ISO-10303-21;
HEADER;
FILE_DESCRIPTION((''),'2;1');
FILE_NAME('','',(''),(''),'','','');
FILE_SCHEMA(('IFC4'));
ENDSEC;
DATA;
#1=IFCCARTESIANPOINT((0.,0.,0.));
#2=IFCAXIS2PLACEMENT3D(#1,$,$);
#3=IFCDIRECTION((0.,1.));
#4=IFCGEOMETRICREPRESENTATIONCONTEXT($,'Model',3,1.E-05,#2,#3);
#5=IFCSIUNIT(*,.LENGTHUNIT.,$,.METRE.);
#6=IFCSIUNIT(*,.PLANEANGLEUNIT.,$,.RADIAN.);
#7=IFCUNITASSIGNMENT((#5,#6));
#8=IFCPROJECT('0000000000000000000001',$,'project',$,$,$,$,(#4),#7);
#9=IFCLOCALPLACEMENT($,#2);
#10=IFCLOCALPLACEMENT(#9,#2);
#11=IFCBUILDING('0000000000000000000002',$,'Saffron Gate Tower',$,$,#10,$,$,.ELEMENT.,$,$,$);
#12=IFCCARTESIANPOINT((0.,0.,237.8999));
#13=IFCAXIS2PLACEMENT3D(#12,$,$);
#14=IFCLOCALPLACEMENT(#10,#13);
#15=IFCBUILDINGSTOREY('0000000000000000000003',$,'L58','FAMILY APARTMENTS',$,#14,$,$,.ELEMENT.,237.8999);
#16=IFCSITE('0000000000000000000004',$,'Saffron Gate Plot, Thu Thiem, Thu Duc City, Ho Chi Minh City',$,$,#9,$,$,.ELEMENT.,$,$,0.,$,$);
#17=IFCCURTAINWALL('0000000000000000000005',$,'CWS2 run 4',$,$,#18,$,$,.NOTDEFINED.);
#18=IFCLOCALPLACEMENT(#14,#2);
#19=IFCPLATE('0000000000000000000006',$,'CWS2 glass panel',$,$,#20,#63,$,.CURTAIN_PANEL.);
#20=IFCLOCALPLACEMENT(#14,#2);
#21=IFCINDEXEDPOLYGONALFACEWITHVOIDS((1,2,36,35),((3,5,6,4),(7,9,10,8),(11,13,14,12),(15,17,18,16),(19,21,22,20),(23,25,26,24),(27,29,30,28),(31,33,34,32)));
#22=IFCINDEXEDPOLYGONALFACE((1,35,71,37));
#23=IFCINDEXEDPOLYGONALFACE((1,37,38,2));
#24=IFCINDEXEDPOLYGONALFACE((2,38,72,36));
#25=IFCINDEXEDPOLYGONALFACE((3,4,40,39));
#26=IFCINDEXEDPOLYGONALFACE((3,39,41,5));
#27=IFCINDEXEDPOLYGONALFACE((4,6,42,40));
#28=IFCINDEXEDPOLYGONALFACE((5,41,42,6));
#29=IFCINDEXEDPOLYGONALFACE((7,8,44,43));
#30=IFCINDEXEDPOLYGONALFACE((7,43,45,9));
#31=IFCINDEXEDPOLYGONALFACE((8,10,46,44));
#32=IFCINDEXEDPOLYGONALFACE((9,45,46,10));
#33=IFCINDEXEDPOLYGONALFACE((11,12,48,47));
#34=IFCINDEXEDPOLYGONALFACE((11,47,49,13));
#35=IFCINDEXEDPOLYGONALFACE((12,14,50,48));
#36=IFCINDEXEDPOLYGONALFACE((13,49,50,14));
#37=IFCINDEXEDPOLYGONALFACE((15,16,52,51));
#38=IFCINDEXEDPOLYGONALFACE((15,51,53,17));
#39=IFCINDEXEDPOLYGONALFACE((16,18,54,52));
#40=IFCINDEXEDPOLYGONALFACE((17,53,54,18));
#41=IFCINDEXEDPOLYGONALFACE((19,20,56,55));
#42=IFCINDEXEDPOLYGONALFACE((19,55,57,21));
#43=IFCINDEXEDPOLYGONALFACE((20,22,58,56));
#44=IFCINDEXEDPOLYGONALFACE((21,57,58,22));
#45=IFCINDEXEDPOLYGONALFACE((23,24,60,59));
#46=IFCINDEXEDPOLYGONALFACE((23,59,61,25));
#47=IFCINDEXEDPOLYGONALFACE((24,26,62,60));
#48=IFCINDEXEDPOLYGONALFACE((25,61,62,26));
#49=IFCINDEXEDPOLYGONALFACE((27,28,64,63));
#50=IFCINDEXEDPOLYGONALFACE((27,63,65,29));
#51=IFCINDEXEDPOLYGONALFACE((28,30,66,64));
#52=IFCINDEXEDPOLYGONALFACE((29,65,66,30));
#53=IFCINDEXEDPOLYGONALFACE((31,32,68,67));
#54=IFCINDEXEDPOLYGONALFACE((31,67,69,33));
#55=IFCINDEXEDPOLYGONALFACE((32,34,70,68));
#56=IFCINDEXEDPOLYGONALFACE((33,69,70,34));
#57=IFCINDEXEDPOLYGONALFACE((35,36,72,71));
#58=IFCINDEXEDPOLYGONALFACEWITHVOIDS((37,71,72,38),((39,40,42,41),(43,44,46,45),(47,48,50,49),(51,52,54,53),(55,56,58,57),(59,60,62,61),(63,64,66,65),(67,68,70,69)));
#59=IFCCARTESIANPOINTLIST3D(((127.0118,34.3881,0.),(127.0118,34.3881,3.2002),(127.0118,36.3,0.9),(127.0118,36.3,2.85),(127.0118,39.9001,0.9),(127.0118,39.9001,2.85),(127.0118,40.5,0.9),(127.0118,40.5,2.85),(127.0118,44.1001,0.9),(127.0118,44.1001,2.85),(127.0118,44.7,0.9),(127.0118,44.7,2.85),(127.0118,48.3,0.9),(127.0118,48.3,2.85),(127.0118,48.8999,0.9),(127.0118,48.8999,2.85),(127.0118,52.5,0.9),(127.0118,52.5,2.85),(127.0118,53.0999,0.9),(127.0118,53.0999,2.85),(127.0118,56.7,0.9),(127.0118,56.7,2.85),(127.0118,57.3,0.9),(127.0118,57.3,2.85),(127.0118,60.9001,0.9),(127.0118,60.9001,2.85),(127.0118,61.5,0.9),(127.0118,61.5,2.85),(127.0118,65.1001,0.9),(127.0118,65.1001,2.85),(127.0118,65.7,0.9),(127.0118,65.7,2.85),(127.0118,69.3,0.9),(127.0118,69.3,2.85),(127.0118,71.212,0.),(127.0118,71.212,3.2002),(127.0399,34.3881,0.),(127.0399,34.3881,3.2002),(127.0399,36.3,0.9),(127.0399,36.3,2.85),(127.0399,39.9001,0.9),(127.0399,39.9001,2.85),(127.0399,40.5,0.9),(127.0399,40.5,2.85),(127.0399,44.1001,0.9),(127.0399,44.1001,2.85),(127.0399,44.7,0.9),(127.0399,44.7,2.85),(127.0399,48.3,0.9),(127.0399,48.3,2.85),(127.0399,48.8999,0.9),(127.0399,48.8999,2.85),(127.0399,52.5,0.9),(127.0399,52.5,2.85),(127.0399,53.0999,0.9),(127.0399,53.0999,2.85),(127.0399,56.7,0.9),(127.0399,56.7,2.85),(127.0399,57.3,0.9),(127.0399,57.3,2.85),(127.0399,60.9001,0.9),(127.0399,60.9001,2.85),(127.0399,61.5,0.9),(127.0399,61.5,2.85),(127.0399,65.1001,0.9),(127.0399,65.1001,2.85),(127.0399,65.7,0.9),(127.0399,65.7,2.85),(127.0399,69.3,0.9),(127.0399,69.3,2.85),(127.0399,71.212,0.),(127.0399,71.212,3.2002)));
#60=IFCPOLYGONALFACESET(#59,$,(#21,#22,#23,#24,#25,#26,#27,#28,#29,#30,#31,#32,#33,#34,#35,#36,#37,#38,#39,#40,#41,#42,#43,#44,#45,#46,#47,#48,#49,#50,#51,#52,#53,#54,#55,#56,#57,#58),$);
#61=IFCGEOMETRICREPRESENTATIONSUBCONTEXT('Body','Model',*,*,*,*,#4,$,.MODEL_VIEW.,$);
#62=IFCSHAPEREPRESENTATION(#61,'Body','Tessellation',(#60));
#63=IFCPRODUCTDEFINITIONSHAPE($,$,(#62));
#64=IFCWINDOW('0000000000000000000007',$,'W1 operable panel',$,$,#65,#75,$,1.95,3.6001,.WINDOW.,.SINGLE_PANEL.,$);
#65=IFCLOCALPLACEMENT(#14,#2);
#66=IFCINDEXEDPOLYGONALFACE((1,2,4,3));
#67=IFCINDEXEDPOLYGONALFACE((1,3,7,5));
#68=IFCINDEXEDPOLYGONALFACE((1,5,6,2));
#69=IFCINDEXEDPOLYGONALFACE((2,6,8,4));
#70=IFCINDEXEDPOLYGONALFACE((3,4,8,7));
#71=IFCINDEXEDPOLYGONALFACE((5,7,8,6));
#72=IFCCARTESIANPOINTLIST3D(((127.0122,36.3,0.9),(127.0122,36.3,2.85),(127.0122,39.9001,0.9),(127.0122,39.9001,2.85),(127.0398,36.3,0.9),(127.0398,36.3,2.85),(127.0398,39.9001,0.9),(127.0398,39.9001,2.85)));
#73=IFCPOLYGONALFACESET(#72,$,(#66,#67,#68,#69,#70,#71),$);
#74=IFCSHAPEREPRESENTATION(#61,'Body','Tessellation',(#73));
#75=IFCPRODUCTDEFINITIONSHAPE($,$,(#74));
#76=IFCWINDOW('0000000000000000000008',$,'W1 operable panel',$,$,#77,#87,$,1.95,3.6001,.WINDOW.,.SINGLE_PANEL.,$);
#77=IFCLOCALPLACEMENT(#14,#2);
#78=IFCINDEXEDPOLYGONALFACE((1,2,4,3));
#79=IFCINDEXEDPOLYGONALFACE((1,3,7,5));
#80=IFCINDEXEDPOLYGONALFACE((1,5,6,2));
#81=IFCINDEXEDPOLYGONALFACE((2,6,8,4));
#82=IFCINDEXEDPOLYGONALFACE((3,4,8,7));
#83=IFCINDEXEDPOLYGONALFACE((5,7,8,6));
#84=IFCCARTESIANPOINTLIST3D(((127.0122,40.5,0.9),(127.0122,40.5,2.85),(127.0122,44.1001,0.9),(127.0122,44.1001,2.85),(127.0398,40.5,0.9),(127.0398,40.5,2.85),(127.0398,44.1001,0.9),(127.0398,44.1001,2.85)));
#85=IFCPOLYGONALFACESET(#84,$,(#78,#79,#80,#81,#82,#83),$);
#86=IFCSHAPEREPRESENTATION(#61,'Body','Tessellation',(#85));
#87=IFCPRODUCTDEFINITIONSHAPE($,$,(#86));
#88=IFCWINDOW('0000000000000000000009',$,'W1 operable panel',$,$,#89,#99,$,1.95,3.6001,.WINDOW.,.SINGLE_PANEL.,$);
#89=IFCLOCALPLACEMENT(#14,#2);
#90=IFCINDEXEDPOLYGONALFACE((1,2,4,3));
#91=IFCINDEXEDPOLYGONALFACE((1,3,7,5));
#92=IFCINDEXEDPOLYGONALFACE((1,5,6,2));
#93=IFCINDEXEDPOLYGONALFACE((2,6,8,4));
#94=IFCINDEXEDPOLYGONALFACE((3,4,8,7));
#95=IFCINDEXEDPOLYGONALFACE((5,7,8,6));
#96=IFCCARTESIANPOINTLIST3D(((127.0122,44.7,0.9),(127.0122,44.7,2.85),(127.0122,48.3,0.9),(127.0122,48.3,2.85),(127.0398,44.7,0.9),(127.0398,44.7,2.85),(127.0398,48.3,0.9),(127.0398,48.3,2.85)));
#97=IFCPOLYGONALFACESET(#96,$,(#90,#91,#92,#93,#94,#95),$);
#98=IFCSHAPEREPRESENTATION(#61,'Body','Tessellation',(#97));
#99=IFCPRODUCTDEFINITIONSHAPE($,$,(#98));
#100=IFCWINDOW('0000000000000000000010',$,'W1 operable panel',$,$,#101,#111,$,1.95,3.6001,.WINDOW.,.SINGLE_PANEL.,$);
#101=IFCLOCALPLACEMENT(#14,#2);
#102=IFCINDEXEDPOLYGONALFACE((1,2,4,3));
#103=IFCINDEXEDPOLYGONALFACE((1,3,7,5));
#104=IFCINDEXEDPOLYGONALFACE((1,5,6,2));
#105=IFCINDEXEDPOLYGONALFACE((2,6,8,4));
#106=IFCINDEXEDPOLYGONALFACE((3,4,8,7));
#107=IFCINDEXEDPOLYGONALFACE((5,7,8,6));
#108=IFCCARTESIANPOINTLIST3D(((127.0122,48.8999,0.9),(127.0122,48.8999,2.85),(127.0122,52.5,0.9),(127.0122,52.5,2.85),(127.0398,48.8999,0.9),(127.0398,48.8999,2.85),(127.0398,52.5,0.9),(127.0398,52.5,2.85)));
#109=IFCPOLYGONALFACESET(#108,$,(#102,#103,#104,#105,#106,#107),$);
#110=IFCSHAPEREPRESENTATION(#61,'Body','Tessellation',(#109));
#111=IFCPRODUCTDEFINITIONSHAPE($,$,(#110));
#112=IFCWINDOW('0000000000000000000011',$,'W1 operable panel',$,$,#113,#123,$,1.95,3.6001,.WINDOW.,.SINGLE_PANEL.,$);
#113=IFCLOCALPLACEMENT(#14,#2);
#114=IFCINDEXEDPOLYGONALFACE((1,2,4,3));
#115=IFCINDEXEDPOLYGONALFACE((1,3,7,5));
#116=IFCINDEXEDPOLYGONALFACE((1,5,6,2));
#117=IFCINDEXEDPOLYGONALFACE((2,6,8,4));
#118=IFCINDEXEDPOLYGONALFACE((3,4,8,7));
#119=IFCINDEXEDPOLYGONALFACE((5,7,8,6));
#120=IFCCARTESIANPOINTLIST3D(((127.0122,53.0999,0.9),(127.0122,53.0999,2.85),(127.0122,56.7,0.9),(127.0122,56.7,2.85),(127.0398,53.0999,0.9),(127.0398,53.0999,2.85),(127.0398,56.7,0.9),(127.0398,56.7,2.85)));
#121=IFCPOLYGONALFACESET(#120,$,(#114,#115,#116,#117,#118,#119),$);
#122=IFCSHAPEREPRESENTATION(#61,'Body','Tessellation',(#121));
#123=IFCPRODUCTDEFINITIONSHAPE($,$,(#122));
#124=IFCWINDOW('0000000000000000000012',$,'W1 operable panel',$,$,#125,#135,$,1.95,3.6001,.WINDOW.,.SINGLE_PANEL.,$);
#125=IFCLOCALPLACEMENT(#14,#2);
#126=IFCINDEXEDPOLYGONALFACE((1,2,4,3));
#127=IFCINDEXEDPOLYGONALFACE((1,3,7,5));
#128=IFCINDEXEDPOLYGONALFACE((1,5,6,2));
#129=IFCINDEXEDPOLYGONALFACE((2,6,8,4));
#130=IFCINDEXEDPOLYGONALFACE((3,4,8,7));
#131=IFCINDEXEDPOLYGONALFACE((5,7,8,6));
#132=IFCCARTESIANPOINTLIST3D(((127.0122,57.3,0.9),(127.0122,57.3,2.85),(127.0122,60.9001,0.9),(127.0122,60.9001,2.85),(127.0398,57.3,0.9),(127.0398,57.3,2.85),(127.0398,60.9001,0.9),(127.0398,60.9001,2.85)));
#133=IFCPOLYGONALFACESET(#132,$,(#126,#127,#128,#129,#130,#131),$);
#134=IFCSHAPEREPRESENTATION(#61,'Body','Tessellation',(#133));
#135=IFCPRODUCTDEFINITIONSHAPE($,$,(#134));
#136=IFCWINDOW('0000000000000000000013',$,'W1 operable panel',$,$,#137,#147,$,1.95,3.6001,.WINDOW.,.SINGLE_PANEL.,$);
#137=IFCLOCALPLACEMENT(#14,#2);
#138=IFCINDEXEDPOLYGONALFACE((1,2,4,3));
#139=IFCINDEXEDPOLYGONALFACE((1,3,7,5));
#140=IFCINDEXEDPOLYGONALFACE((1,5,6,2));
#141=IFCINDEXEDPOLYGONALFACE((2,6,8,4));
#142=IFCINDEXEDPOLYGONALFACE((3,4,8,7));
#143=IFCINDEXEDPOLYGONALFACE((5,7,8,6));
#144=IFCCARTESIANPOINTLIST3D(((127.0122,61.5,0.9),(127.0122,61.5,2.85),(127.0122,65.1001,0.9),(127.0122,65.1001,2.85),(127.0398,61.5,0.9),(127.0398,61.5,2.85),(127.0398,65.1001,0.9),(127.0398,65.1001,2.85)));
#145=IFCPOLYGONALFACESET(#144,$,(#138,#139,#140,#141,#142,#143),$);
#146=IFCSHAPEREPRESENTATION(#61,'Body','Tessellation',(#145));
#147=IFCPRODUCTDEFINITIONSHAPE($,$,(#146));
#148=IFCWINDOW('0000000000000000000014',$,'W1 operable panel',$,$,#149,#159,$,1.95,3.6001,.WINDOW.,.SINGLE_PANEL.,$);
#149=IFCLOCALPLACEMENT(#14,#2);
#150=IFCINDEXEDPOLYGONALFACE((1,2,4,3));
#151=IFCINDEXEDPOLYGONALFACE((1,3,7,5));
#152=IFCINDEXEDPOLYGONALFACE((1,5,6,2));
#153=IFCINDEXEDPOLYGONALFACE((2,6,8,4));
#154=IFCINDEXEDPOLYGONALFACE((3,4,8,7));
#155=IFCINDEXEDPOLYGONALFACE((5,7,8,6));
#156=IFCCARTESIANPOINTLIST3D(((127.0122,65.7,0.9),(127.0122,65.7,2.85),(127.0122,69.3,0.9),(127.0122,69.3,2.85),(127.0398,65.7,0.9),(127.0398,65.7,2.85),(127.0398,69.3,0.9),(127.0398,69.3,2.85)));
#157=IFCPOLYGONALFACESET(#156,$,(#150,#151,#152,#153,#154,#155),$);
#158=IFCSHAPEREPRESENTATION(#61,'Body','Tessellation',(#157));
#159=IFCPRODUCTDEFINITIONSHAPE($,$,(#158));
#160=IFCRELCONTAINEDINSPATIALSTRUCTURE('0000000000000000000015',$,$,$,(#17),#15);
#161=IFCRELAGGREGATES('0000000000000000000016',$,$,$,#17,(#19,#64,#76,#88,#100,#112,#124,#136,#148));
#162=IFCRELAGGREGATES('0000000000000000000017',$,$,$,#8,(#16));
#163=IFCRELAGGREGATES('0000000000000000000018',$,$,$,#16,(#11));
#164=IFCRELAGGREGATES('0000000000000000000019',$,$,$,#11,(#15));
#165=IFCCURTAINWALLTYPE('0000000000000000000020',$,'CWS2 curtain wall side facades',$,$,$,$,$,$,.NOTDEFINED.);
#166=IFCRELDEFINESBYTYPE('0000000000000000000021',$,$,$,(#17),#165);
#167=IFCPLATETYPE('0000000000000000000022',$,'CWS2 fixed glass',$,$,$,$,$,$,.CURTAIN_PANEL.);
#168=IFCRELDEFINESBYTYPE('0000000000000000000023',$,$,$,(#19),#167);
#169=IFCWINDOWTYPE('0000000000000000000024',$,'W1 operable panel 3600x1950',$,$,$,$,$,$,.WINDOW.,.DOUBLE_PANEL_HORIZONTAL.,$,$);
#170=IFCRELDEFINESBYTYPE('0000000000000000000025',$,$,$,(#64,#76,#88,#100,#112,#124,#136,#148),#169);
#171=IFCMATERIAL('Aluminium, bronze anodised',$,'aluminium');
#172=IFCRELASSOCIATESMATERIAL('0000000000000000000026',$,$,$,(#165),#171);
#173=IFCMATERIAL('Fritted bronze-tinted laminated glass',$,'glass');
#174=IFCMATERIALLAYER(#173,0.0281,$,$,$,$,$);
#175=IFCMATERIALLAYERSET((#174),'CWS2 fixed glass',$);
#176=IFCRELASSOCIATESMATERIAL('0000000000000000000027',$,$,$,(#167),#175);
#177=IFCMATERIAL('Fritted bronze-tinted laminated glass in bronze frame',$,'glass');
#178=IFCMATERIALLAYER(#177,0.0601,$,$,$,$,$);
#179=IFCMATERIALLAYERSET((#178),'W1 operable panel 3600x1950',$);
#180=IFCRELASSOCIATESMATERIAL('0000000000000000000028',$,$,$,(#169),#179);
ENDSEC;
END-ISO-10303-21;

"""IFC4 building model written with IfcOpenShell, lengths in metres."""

from ifc_helpers import new_model, si_unit, direction, frame, frame_2d, origin, place, context, subcontext, project, spatial, rectangle, extrude, material, layer, layer_set, type_object, element, fill, aggregate, save


model = new_model("IFC4")

# Units and contexts
model_context = context("Model", 3, precision=1e-05, world=origin(), true_north=direction((0.0, 1.0)))
body_context = subcontext(model_context, "Body", "Model", "MODEL_VIEW")
ifc_project = project(units=[si_unit("LENGTHUNIT", "METRE"), si_unit("PLANEANGLEUNIT", "RADIAN")], contexts=[model_context])

# Site, building, storey
site_placement = place(None, origin())
site = spatial("IfcSite", under=ifc_project, at=site_placement, Name="Saffron Gate Plot, Thu Thiem, Thu Duc City, Ho Chi Minh City", CompositionType="ELEMENT", RefElevation=0.0)
building_placement = place(site_placement, origin())
building = spatial("IfcBuilding", under=site, at=building_placement, Name="Saffron Gate Tower", CompositionType="ELEMENT")
storey_placement = place(building_placement, frame((0.0, 0.0, 237.8999)))
storey = spatial("IfcBuildingStorey", under=building, at=storey_placement, Name="L58", Description="FAMILY APARTMENTS", CompositionType="ELEMENT", Elevation=237.8999)

# Curtain wall
ifc_material_1 = material(Name="Aluminium, bronze anodised", Category="aluminium")
curtain_wall_type_1 = type_object("IfcCurtainWallType", Name="CWS2 curtain wall side facades", PredefinedType="NOTDEFINED", material=ifc_material_1)
curtain_wall_1_placement = place(storey_placement, origin())
curtain_wall_1 = element("IfcCurtainWall", 1, at=curtain_wall_1_placement, inside=storey, type_object=curtain_wall_type_1, Name="CWS2 run 4", PredefinedType="NOTDEFINED")

# Plate, openings, windows
ifc_material_2 = material(Name="Fritted bronze-tinted laminated glass", Category="glass")
ifc_layer_1 = layer(ifc_material_2, 0.0281)
ifc_layer_set_1 = layer_set([ifc_layer_1], Name="CWS2 fixed glass")
plate_type = type_object("IfcPlateType", Name="CWS2 fixed glass", PredefinedType="CURTAIN_PANEL", material=ifc_layer_set_1)
plate_placement = place(storey_placement, frame((127.0259, 34.3879, 0.0), z_axis=(0.0, 0.0, 1.0), x_axis=(0.0, 1.0, 0.0)))
plate = element("IfcPlate", 2, at=plate_placement, type_object=plate_type, Name="CWS2 glass panel", PredefinedType="CURTAIN_PANEL", context=body_context, shape_type="SweptSolid", body=[
    extrude(rectangle(XDim=36.824, YDim=0.0281, at=frame_2d((18.4121, 0.0))), origin(), (0.0, 0.0, 1.0), 3.2002),
])
opening_1_placement = place(plate_placement, frame((1.9121, 0.0, 0.8999)))
opening_1 = element("IfcOpeningElement", 3, at=opening_1_placement, cuts=plate, PredefinedType="OPENING", context=body_context, shape_type="SweptSolid", body=[
    extrude(rectangle(XDim=3.6001, YDim=1.95, at=frame_2d((1.8, 0.9751))), frame((0.0, 0.0239, 0.0), z_axis=(0.0, -1.0, 0.0), x_axis=(1.0, 0.0, 0.0)), (0.0, 0.0, 1.0), 0.0481),
])
opening_2_placement = place(plate_placement, frame((6.1121, 0.0, 0.8999)))
opening_2 = element("IfcOpeningElement", 4, at=opening_2_placement, cuts=plate, PredefinedType="OPENING", context=body_context, shape_type="SweptSolid", body=[
    extrude(rectangle(XDim=3.6001, YDim=1.95, at=frame_2d((1.8, 0.9751))), frame((0.0, 0.0239, 0.0), z_axis=(0.0, -1.0, 0.0), x_axis=(1.0, 0.0, 0.0)), (0.0, 0.0, 1.0), 0.0481),
])
opening_3_placement = place(plate_placement, frame((10.312, 0.0, 0.8999)))
opening_3 = element("IfcOpeningElement", 5, at=opening_3_placement, cuts=plate, PredefinedType="OPENING", context=body_context, shape_type="SweptSolid", body=[
    extrude(rectangle(XDim=3.6001, YDim=1.95, at=frame_2d((1.8, 0.9751))), frame((0.0, 0.0239, 0.0), z_axis=(0.0, -1.0, 0.0), x_axis=(1.0, 0.0, 0.0)), (0.0, 0.0, 1.0), 0.0481),
])
opening_4_placement = place(plate_placement, frame((14.512, 0.0, 0.8999)))
opening_4 = element("IfcOpeningElement", 6, at=opening_4_placement, cuts=plate, PredefinedType="OPENING", context=body_context, shape_type="SweptSolid", body=[
    extrude(rectangle(XDim=3.6001, YDim=1.95, at=frame_2d((1.8, 0.9751))), frame((0.0, 0.0239, 0.0), z_axis=(0.0, -1.0, 0.0), x_axis=(1.0, 0.0, 0.0)), (0.0, 0.0, 1.0), 0.0481),
])
opening_5_placement = place(plate_placement, frame((18.7119, 0.0, 0.8999)))
opening_5 = element("IfcOpeningElement", 7, at=opening_5_placement, cuts=plate, PredefinedType="OPENING", context=body_context, shape_type="SweptSolid", body=[
    extrude(rectangle(XDim=3.6001, YDim=1.95, at=frame_2d((1.8, 0.9751))), frame((0.0, 0.0239, 0.0), z_axis=(0.0, -1.0, 0.0), x_axis=(1.0, 0.0, 0.0)), (0.0, 0.0, 1.0), 0.0481),
])
opening_6_placement = place(plate_placement, frame((22.9121, 0.0, 0.8999)))
opening_6 = element("IfcOpeningElement", 8, at=opening_6_placement, cuts=plate, PredefinedType="OPENING", context=body_context, shape_type="SweptSolid", body=[
    extrude(rectangle(XDim=3.6001, YDim=1.95, at=frame_2d((1.8, 0.9751))), frame((0.0, 0.0239, 0.0), z_axis=(0.0, -1.0, 0.0), x_axis=(1.0, 0.0, 0.0)), (0.0, 0.0, 1.0), 0.0481),
])
opening_7_placement = place(plate_placement, frame((27.1121, 0.0, 0.8999)))
opening_7 = element("IfcOpeningElement", 9, at=opening_7_placement, cuts=plate, PredefinedType="OPENING", context=body_context, shape_type="SweptSolid", body=[
    extrude(rectangle(XDim=3.6001, YDim=1.95, at=frame_2d((1.8, 0.9751))), frame((0.0, 0.0239, 0.0), z_axis=(0.0, -1.0, 0.0), x_axis=(1.0, 0.0, 0.0)), (0.0, 0.0, 1.0), 0.0481),
])
opening_8_placement = place(plate_placement, frame((31.312, 0.0, 0.8999)))
opening_8 = element("IfcOpeningElement", 10, at=opening_8_placement, cuts=plate, PredefinedType="OPENING", context=body_context, shape_type="SweptSolid", body=[
    extrude(rectangle(XDim=3.6001, YDim=1.95, at=frame_2d((1.8, 0.9751))), frame((0.0, 0.0239, 0.0), z_axis=(0.0, -1.0, 0.0), x_axis=(1.0, 0.0, 0.0)), (0.0, 0.0, 1.0), 0.0481),
])
ifc_material_3 = material(Name="Fritted bronze-tinted laminated glass in bronze frame", Category="glass")
ifc_layer_2 = layer(ifc_material_3, 0.0601)
ifc_layer_set_2 = layer_set([ifc_layer_2], Name="W1 operable panel 3600x1950")
window_type = type_object("IfcWindowType", Name="W1 operable panel 3600x1950", PartitioningType="DOUBLE_PANEL_HORIZONTAL", PredefinedType="WINDOW", material=ifc_layer_set_2)
window_1_placement = place(opening_1_placement, origin())
window_1 = element("IfcWindow", 11, at=window_1_placement, type_object=window_type, Name="W1 operable panel", OverallHeight=1.95, OverallWidth=3.6001, PartitioningType="SINGLE_PANEL", PredefinedType="WINDOW", context=body_context, shape_type="SweptSolid", body=[
    extrude(rectangle(XDim=3.6001, YDim=1.95, at=frame_2d((1.8, 0.9751))), frame((0.0, 0.0137, 0.0), z_axis=(0.0, -1.0, 0.0), x_axis=(1.0, 0.0, 0.0)), (0.0, 0.0, 1.0), 0.0276),
])
fill(opening_1, window_1)
window_2_placement = place(opening_2_placement, origin())
window_2 = element("IfcWindow", 12, at=window_2_placement, type_object=window_type, Name="W1 operable panel", OverallHeight=1.95, OverallWidth=3.6001, PartitioningType="SINGLE_PANEL", PredefinedType="WINDOW", context=body_context, shape_type="SweptSolid", body=[
    extrude(rectangle(XDim=3.6001, YDim=1.95, at=frame_2d((1.8, 0.9751))), frame((0.0, 0.0137, 0.0), z_axis=(0.0, -1.0, 0.0), x_axis=(1.0, 0.0, 0.0)), (0.0, 0.0, 1.0), 0.0276),
])
fill(opening_2, window_2)
window_3_placement = place(opening_3_placement, origin())
window_3 = element("IfcWindow", 13, at=window_3_placement, type_object=window_type, Name="W1 operable panel", OverallHeight=1.95, OverallWidth=3.6001, PartitioningType="SINGLE_PANEL", PredefinedType="WINDOW", context=body_context, shape_type="SweptSolid", body=[
    extrude(rectangle(XDim=3.6001, YDim=1.95, at=frame_2d((1.8, 0.9751))), frame((0.0, 0.0137, 0.0), z_axis=(0.0, -1.0, 0.0), x_axis=(1.0, 0.0, 0.0)), (0.0, 0.0, 1.0), 0.0276),
])
fill(opening_3, window_3)
window_4_placement = place(opening_4_placement, origin())
window_4 = element("IfcWindow", 14, at=window_4_placement, type_object=window_type, Name="W1 operable panel", OverallHeight=1.95, OverallWidth=3.6001, PartitioningType="SINGLE_PANEL", PredefinedType="WINDOW", context=body_context, shape_type="SweptSolid", body=[
    extrude(rectangle(XDim=3.6001, YDim=1.95, at=frame_2d((1.8, 0.9751))), frame((0.0, 0.0137, 0.0), z_axis=(0.0, -1.0, 0.0), x_axis=(1.0, 0.0, 0.0)), (0.0, 0.0, 1.0), 0.0276),
])
fill(opening_4, window_4)
window_5_placement = place(opening_5_placement, origin())
window_5 = element("IfcWindow", 15, at=window_5_placement, type_object=window_type, Name="W1 operable panel", OverallHeight=1.95, OverallWidth=3.6001, PartitioningType="SINGLE_PANEL", PredefinedType="WINDOW", context=body_context, shape_type="SweptSolid", body=[
    extrude(rectangle(XDim=3.6001, YDim=1.95, at=frame_2d((1.8, 0.9751))), frame((0.0, 0.0137, 0.0), z_axis=(0.0, -1.0, 0.0), x_axis=(1.0, 0.0, 0.0)), (0.0, 0.0, 1.0), 0.0276),
])
fill(opening_5, window_5)
window_6_placement = place(opening_6_placement, origin())
window_6 = element("IfcWindow", 16, at=window_6_placement, type_object=window_type, Name="W1 operable panel", OverallHeight=1.95, OverallWidth=3.6001, PartitioningType="SINGLE_PANEL", PredefinedType="WINDOW", context=body_context, shape_type="SweptSolid", body=[
    extrude(rectangle(XDim=3.6001, YDim=1.95, at=frame_2d((1.8, 0.9751))), frame((0.0, 0.0137, 0.0), z_axis=(0.0, -1.0, 0.0), x_axis=(1.0, 0.0, 0.0)), (0.0, 0.0, 1.0), 0.0276),
])
fill(opening_6, window_6)
window_7_placement = place(opening_7_placement, origin())
window_7 = element("IfcWindow", 17, at=window_7_placement, type_object=window_type, Name="W1 operable panel", OverallHeight=1.95, OverallWidth=3.6001, PartitioningType="SINGLE_PANEL", PredefinedType="WINDOW", context=body_context, shape_type="SweptSolid", body=[
    extrude(rectangle(XDim=3.6001, YDim=1.95, at=frame_2d((1.8, 0.9751))), frame((0.0, 0.0137, 0.0), z_axis=(0.0, -1.0, 0.0), x_axis=(1.0, 0.0, 0.0)), (0.0, 0.0, 1.0), 0.0276),
])
fill(opening_7, window_7)
window_8_placement = place(opening_8_placement, origin())
window_8 = element("IfcWindow", 18, at=window_8_placement, type_object=window_type, Name="W1 operable panel", OverallHeight=1.95, OverallWidth=3.6001, PartitioningType="SINGLE_PANEL", PredefinedType="WINDOW", context=body_context, shape_type="SweptSolid", body=[
    extrude(rectangle(XDim=3.6001, YDim=1.95, at=frame_2d((1.8, 0.9751))), frame((0.0, 0.0137, 0.0), z_axis=(0.0, -1.0, 0.0), x_axis=(1.0, 0.0, 0.0)), (0.0, 0.0, 1.0), 0.0276),
])
fill(opening_8, window_8)
aggregate(curtain_wall_1, [plate, window_1, window_2, window_3, window_4, window_5, window_6, window_7, window_8])

save(model, "model.ifc")
